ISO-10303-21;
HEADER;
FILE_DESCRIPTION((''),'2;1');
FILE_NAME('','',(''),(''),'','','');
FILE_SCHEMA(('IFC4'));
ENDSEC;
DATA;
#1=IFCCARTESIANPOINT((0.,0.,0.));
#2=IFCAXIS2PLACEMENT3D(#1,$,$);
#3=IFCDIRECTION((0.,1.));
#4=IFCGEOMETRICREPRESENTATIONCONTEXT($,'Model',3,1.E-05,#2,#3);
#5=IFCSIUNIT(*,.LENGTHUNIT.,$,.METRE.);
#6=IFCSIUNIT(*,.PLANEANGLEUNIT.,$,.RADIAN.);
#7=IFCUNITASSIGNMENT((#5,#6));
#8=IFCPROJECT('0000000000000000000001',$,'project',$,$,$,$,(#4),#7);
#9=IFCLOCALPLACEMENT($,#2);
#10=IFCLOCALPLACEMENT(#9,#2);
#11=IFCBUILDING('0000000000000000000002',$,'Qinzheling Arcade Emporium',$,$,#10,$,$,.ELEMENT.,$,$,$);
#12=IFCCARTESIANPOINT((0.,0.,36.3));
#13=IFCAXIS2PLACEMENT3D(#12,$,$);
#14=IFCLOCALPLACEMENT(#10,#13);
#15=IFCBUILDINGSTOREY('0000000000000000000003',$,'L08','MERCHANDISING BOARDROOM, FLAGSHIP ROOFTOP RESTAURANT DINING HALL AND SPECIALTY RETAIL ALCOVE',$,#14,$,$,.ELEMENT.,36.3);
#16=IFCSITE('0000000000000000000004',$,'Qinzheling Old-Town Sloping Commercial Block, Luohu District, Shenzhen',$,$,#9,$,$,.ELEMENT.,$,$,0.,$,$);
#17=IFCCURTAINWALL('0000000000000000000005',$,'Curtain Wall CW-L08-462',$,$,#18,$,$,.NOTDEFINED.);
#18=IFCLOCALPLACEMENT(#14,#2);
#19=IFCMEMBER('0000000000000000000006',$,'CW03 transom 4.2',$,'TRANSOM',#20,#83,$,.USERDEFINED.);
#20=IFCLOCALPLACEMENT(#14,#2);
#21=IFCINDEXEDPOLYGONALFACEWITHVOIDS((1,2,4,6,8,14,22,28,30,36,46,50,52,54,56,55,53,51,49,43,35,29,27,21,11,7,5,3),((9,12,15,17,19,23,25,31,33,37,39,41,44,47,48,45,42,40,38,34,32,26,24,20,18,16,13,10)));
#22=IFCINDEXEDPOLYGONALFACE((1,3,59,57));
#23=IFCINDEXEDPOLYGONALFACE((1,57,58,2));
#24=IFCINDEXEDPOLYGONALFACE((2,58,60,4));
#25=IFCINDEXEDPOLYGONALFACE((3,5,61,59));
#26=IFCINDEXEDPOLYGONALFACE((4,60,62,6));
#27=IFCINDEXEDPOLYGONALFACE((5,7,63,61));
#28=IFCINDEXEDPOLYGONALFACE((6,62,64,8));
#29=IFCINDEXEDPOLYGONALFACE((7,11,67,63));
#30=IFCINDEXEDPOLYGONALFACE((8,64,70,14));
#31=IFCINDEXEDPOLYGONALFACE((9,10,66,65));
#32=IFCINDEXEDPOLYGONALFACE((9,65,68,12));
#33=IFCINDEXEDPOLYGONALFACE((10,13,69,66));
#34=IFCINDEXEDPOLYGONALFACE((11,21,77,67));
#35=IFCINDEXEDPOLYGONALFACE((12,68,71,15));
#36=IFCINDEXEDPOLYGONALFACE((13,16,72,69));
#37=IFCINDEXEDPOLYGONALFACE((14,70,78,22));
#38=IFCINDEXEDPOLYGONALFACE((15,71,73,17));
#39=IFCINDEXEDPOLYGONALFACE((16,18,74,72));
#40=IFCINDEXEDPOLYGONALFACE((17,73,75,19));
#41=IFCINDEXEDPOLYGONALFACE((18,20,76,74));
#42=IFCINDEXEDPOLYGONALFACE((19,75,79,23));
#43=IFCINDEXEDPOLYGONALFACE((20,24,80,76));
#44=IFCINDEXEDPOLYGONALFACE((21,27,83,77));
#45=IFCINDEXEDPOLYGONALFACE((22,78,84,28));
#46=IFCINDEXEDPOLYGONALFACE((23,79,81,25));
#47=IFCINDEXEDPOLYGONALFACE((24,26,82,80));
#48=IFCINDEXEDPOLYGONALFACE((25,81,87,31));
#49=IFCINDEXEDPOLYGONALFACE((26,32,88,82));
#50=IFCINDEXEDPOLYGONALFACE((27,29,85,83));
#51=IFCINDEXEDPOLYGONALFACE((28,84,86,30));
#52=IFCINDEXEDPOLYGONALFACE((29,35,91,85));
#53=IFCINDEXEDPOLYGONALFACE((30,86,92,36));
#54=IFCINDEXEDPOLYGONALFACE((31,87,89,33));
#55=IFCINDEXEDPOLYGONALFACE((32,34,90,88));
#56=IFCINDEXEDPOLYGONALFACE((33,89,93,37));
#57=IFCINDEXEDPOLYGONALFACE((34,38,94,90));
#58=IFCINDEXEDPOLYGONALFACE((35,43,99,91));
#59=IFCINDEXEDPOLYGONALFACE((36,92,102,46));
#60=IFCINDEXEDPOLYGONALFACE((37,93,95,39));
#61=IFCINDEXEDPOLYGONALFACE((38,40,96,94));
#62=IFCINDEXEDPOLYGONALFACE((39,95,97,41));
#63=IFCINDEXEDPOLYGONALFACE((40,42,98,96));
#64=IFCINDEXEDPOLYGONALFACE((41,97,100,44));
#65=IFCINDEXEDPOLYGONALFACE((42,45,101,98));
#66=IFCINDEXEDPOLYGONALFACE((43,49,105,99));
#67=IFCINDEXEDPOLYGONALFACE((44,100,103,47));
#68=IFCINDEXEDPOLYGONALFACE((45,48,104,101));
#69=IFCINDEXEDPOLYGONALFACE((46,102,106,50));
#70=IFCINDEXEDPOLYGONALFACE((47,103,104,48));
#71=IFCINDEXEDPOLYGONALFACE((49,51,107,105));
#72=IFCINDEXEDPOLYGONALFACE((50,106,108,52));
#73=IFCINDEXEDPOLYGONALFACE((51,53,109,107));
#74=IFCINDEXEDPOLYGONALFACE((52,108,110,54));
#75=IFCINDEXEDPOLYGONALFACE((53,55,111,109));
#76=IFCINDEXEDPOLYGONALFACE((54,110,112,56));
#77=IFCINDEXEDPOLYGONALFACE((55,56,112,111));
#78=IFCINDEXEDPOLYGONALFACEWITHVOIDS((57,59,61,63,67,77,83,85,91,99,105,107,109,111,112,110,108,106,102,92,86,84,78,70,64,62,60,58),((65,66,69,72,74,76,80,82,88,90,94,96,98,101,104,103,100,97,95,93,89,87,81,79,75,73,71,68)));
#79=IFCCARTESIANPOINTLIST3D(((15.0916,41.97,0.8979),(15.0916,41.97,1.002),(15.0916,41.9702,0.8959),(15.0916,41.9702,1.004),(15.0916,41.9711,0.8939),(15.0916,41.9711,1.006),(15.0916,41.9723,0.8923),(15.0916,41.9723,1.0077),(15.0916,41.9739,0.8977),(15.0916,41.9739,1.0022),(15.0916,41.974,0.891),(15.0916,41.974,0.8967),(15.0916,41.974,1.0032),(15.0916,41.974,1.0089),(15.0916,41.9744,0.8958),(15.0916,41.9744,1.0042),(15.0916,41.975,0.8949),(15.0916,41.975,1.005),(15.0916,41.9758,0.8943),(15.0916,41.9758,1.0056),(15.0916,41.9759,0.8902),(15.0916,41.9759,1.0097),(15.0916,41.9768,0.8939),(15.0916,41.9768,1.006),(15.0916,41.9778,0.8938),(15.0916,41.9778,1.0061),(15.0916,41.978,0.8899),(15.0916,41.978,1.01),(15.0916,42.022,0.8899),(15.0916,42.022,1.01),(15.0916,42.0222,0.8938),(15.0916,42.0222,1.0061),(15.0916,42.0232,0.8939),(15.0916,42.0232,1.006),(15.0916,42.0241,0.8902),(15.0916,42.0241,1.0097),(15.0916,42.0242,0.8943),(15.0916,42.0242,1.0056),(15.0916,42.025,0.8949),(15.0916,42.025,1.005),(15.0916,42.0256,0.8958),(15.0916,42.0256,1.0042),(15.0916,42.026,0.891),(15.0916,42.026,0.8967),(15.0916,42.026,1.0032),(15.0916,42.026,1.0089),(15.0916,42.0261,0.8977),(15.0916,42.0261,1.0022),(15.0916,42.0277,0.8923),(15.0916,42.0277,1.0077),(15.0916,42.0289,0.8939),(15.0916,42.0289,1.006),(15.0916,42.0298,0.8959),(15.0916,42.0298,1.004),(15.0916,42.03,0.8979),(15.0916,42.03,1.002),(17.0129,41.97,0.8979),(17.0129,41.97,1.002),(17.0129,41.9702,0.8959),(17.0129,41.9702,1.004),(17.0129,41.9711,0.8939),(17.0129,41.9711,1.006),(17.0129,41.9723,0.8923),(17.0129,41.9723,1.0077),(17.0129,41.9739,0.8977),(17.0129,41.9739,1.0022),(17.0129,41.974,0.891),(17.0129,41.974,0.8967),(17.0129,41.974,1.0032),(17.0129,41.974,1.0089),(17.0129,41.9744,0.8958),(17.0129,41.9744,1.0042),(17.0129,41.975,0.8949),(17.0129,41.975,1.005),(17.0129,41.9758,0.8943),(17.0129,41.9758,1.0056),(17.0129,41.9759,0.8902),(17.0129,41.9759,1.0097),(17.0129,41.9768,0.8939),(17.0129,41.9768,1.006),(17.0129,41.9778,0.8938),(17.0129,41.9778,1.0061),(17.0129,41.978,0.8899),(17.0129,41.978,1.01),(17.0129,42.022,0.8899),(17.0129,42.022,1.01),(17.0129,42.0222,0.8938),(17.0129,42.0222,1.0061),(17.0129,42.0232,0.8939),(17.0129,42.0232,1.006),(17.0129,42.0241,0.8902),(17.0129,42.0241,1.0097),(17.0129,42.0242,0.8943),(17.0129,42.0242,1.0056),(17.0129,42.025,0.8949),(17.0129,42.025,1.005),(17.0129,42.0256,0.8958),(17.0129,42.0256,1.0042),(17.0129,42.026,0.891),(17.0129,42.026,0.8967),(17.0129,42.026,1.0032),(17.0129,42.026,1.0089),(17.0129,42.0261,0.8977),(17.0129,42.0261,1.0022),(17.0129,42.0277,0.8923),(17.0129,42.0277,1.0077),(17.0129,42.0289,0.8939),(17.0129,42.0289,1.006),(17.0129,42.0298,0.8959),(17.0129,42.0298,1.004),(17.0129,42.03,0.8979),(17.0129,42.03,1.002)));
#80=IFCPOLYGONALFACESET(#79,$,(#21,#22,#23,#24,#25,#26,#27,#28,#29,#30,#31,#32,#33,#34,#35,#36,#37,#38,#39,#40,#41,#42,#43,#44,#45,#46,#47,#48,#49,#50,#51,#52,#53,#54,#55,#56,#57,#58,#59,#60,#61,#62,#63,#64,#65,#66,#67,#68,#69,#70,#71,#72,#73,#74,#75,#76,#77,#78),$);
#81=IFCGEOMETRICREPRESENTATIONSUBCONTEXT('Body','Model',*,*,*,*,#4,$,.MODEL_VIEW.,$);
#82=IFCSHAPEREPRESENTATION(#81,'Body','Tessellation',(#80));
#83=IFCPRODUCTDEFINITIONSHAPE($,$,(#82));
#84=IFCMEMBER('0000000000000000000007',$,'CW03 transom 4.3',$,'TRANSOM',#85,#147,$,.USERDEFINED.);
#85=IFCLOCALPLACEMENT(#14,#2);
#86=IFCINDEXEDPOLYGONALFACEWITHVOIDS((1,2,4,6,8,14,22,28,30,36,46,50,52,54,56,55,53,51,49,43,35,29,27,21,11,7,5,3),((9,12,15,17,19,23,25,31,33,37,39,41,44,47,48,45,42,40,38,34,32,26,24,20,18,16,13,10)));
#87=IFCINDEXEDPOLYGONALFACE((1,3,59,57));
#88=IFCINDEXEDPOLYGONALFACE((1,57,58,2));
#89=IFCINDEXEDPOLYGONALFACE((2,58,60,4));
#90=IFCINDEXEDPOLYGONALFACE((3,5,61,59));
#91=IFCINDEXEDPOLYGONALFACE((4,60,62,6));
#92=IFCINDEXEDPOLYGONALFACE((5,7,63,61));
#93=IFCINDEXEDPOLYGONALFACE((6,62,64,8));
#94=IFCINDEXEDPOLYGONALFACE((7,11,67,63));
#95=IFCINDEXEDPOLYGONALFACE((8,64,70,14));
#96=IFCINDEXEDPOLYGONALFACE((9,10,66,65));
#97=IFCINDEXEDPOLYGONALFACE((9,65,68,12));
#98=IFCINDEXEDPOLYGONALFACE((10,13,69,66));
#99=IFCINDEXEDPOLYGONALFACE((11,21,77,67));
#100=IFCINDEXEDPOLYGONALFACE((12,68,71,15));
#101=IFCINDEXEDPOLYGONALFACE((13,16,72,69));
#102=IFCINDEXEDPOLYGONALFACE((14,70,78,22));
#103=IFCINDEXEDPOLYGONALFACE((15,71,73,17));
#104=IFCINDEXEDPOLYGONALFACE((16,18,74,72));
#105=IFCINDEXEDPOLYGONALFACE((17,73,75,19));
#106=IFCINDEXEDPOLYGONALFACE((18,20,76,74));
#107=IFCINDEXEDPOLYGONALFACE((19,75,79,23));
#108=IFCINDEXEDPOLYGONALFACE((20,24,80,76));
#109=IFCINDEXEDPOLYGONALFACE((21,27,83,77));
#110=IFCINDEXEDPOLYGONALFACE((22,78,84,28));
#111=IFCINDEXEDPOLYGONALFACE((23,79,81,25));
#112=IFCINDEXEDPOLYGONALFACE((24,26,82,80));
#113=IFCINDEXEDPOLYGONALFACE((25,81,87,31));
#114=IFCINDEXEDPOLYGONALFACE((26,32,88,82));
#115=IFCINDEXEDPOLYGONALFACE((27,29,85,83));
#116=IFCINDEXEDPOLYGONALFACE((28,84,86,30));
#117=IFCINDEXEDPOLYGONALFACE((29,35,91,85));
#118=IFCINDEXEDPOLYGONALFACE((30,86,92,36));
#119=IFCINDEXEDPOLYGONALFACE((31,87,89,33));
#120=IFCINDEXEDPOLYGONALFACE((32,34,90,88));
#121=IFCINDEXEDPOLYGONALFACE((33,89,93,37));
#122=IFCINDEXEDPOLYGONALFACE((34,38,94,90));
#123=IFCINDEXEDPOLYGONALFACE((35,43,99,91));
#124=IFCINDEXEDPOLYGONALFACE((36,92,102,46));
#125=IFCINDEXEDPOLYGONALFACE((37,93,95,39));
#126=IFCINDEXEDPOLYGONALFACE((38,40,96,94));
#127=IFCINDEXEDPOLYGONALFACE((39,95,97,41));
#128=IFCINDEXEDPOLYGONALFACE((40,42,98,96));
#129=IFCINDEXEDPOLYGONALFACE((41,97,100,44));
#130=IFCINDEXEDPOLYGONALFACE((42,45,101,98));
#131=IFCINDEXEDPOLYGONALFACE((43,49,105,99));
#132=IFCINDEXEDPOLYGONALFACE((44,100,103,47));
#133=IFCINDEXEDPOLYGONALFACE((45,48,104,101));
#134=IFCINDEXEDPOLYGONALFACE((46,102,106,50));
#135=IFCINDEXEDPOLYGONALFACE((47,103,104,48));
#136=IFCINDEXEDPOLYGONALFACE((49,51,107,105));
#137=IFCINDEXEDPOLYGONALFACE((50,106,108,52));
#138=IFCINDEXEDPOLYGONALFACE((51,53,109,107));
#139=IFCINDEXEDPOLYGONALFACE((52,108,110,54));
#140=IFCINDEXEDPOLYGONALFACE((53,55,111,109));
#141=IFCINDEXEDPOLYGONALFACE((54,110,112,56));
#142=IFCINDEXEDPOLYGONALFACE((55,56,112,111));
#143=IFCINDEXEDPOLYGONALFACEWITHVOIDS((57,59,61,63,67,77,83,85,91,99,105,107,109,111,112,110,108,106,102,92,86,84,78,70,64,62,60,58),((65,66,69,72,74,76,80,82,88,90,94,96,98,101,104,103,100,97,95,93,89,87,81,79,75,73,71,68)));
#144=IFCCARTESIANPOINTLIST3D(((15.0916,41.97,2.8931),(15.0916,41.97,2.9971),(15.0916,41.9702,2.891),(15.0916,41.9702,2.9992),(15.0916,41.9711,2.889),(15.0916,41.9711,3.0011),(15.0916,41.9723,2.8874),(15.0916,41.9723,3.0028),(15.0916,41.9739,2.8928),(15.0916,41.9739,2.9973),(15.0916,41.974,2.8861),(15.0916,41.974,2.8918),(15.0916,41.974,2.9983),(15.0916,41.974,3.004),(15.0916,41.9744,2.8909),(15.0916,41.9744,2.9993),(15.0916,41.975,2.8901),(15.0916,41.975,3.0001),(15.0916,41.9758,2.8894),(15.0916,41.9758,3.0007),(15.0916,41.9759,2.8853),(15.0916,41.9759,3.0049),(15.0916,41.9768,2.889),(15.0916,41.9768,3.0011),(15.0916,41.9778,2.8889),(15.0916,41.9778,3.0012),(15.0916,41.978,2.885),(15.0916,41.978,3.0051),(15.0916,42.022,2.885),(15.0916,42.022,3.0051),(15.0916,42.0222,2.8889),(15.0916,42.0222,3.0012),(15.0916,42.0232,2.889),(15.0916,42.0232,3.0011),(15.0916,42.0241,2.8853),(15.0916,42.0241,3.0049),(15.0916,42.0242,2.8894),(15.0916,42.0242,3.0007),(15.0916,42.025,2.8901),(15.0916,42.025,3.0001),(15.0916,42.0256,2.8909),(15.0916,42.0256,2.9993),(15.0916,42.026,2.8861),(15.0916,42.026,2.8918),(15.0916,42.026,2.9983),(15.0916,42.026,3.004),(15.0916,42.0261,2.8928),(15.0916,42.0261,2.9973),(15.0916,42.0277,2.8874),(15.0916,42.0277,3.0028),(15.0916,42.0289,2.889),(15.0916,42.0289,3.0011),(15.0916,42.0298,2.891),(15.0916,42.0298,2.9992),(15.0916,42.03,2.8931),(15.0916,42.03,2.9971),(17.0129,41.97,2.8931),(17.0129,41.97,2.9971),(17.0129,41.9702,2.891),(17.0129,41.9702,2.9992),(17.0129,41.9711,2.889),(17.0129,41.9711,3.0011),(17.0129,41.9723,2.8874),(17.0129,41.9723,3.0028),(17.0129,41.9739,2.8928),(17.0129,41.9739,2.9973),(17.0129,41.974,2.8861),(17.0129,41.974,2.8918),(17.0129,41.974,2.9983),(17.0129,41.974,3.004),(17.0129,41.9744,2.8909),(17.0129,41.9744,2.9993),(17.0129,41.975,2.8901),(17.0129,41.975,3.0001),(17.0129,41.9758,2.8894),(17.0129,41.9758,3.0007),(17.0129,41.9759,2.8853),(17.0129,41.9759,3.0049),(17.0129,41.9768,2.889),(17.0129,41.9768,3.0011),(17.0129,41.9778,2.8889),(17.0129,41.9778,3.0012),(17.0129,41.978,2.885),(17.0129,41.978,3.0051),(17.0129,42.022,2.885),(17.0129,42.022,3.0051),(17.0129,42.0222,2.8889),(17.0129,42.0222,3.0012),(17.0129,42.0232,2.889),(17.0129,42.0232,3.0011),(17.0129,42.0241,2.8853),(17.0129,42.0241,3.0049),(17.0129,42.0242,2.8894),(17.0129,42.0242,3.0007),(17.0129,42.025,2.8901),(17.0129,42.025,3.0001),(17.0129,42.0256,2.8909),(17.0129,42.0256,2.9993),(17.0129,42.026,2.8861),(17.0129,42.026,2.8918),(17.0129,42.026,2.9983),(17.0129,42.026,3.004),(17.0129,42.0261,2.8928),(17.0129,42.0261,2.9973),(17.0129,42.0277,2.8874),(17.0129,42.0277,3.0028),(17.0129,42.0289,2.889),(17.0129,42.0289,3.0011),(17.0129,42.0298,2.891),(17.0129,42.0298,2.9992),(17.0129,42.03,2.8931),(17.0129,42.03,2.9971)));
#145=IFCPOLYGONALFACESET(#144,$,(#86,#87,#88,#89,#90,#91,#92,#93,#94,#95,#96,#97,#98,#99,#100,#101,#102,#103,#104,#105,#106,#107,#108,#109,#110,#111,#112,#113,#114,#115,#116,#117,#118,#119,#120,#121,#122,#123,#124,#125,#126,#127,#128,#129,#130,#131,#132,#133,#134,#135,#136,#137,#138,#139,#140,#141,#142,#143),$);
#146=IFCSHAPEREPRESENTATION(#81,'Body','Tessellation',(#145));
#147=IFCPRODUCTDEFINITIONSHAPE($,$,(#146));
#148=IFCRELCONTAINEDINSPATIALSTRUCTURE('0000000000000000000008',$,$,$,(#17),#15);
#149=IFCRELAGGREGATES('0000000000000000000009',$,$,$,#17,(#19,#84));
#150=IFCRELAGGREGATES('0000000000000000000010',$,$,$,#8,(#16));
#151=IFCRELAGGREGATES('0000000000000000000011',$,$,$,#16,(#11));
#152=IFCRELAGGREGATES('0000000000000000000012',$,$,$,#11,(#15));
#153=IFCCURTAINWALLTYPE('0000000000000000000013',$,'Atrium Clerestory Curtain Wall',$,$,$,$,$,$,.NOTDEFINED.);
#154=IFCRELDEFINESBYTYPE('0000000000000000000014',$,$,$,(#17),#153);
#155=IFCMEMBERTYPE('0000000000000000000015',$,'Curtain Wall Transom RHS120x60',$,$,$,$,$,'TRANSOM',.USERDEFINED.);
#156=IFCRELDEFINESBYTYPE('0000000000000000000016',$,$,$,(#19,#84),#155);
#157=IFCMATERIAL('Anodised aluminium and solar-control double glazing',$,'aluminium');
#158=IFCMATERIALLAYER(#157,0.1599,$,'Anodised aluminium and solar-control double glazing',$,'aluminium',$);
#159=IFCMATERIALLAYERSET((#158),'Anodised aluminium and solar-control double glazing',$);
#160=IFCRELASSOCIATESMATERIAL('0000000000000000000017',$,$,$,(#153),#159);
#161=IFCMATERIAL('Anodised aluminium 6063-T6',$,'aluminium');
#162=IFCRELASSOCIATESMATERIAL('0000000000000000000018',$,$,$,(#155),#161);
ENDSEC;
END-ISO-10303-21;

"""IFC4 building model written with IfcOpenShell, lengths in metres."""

from ifc_helpers import new_model, si_unit, direction, frame, origin, origin_2d, place, context, subcontext, project, spatial, hollow_rectangle, extrude, material, layer, layer_set, material_profile, profile_set, type_object, element, aggregate, save


model = new_model("IFC4")

# Units and contexts
model_context = context("Model", 3, precision=1e-05, world=origin(), true_north=direction((0.0, 1.0)))
body_context = subcontext(model_context, "Body", "Model", "MODEL_VIEW")
ifc_project = project(units=[si_unit("LENGTHUNIT", "METRE"), si_unit("PLANEANGLEUNIT", "RADIAN")], contexts=[model_context])

# Site, building, storey
site_placement = place(None, origin())
site = spatial("IfcSite", under=ifc_project, at=site_placement, Name="Qinzheling Old-Town Sloping Commercial Block, Luohu District, Shenzhen", CompositionType="ELEMENT", RefElevation=0.0)
building_placement = place(site_placement, origin())
building = spatial("IfcBuilding", under=site, at=building_placement, Name="Qinzheling Arcade Emporium", CompositionType="ELEMENT")
storey_placement = place(building_placement, frame((0.0, 0.0, 36.3)))
storey = spatial("IfcBuildingStorey", under=building, at=storey_placement, Name="L08", Description="MERCHANDISING BOARDROOM, FLAGSHIP ROOFTOP RESTAURANT DINING HALL AND SPECIALTY RETAIL ALCOVE", CompositionType="ELEMENT", Elevation=36.3)

# Curtain wall, members
ifc_material_1 = material(Name="Anodised aluminium and solar-control double glazing", Category="aluminium")
ifc_layer_1 = layer(ifc_material_1, 0.1599, Name="Anodised aluminium and solar-control double glazing", Category="aluminium")
ifc_layer_set_1 = layer_set([ifc_layer_1], Name="Anodised aluminium and solar-control double glazing")
curtain_wall_type = type_object("IfcCurtainWallType", Name="Atrium Clerestory Curtain Wall", PredefinedType="NOTDEFINED", material=ifc_layer_set_1)
curtain_wall_placement = place(storey_placement, origin())
curtain_wall = element("IfcCurtainWall", 1, at=curtain_wall_placement, inside=storey, type_object=curtain_wall_type, Name="Curtain Wall CW-L08-462", PredefinedType="NOTDEFINED")
ifc_material_2 = material(Name="Anodised aluminium 6063-T6", Category="aluminium")
ifc_material_profile_1 = material_profile(ifc_material_2, hollow_rectangle(XDim=0.0601, YDim=0.1201, WallThickness=0.0039, InnerFilletRadius=0.0039, OuterFilletRadius=0.0081, at=origin_2d()), Name="RHS 120x60x4", Category="aluminium")
ifc_profile_set_1 = profile_set([ifc_material_profile_1], Name="Anodised aluminium 6063-T6")
member_type_1 = type_object("IfcMemberType", Name="Curtain Wall Transom RHS120x60", ElementType="TRANSOM", PredefinedType="USERDEFINED", material=ifc_profile_set_1)
member_1_placement = place(storey_placement, frame((15.0916, 42.0, 0.95), z_axis=(1.0, 0.0, 0.0), x_axis=(0.0, 1.0, 0.0)))
member_1 = element("IfcMember", 2, at=member_1_placement, type_object=member_type_1, Name="CW03 transom 4.2", ObjectType="TRANSOM", PredefinedType="USERDEFINED", context=body_context, shape_type="SweptSolid", body=[
    extrude(hollow_rectangle(XDim=0.0601, YDim=0.1201, WallThickness=0.0039, InnerFilletRadius=0.0039, OuterFilletRadius=0.0081, at=origin_2d()), origin(), (0.0, 0.0, 1.0), 1.9214),
])
member_2_placement = place(storey_placement, frame((15.0916, 42.0, 2.9451), z_axis=(1.0, 0.0, 0.0), x_axis=(0.0, 1.0, 0.0)))
member_2 = element("IfcMember", 3, at=member_2_placement, type_object=member_type_1, Name="CW03 transom 4.3", ObjectType="TRANSOM", PredefinedType="USERDEFINED", context=body_context, shape_type="SweptSolid", body=[
    extrude(hollow_rectangle(XDim=0.0601, YDim=0.1201, WallThickness=0.0039, InnerFilletRadius=0.0039, OuterFilletRadius=0.0081, at=origin_2d()), origin(), (0.0, 0.0, 1.0), 1.9214),
])

aggregate(curtain_wall, [member_1, member_2])

save(model, "model.ifc")
